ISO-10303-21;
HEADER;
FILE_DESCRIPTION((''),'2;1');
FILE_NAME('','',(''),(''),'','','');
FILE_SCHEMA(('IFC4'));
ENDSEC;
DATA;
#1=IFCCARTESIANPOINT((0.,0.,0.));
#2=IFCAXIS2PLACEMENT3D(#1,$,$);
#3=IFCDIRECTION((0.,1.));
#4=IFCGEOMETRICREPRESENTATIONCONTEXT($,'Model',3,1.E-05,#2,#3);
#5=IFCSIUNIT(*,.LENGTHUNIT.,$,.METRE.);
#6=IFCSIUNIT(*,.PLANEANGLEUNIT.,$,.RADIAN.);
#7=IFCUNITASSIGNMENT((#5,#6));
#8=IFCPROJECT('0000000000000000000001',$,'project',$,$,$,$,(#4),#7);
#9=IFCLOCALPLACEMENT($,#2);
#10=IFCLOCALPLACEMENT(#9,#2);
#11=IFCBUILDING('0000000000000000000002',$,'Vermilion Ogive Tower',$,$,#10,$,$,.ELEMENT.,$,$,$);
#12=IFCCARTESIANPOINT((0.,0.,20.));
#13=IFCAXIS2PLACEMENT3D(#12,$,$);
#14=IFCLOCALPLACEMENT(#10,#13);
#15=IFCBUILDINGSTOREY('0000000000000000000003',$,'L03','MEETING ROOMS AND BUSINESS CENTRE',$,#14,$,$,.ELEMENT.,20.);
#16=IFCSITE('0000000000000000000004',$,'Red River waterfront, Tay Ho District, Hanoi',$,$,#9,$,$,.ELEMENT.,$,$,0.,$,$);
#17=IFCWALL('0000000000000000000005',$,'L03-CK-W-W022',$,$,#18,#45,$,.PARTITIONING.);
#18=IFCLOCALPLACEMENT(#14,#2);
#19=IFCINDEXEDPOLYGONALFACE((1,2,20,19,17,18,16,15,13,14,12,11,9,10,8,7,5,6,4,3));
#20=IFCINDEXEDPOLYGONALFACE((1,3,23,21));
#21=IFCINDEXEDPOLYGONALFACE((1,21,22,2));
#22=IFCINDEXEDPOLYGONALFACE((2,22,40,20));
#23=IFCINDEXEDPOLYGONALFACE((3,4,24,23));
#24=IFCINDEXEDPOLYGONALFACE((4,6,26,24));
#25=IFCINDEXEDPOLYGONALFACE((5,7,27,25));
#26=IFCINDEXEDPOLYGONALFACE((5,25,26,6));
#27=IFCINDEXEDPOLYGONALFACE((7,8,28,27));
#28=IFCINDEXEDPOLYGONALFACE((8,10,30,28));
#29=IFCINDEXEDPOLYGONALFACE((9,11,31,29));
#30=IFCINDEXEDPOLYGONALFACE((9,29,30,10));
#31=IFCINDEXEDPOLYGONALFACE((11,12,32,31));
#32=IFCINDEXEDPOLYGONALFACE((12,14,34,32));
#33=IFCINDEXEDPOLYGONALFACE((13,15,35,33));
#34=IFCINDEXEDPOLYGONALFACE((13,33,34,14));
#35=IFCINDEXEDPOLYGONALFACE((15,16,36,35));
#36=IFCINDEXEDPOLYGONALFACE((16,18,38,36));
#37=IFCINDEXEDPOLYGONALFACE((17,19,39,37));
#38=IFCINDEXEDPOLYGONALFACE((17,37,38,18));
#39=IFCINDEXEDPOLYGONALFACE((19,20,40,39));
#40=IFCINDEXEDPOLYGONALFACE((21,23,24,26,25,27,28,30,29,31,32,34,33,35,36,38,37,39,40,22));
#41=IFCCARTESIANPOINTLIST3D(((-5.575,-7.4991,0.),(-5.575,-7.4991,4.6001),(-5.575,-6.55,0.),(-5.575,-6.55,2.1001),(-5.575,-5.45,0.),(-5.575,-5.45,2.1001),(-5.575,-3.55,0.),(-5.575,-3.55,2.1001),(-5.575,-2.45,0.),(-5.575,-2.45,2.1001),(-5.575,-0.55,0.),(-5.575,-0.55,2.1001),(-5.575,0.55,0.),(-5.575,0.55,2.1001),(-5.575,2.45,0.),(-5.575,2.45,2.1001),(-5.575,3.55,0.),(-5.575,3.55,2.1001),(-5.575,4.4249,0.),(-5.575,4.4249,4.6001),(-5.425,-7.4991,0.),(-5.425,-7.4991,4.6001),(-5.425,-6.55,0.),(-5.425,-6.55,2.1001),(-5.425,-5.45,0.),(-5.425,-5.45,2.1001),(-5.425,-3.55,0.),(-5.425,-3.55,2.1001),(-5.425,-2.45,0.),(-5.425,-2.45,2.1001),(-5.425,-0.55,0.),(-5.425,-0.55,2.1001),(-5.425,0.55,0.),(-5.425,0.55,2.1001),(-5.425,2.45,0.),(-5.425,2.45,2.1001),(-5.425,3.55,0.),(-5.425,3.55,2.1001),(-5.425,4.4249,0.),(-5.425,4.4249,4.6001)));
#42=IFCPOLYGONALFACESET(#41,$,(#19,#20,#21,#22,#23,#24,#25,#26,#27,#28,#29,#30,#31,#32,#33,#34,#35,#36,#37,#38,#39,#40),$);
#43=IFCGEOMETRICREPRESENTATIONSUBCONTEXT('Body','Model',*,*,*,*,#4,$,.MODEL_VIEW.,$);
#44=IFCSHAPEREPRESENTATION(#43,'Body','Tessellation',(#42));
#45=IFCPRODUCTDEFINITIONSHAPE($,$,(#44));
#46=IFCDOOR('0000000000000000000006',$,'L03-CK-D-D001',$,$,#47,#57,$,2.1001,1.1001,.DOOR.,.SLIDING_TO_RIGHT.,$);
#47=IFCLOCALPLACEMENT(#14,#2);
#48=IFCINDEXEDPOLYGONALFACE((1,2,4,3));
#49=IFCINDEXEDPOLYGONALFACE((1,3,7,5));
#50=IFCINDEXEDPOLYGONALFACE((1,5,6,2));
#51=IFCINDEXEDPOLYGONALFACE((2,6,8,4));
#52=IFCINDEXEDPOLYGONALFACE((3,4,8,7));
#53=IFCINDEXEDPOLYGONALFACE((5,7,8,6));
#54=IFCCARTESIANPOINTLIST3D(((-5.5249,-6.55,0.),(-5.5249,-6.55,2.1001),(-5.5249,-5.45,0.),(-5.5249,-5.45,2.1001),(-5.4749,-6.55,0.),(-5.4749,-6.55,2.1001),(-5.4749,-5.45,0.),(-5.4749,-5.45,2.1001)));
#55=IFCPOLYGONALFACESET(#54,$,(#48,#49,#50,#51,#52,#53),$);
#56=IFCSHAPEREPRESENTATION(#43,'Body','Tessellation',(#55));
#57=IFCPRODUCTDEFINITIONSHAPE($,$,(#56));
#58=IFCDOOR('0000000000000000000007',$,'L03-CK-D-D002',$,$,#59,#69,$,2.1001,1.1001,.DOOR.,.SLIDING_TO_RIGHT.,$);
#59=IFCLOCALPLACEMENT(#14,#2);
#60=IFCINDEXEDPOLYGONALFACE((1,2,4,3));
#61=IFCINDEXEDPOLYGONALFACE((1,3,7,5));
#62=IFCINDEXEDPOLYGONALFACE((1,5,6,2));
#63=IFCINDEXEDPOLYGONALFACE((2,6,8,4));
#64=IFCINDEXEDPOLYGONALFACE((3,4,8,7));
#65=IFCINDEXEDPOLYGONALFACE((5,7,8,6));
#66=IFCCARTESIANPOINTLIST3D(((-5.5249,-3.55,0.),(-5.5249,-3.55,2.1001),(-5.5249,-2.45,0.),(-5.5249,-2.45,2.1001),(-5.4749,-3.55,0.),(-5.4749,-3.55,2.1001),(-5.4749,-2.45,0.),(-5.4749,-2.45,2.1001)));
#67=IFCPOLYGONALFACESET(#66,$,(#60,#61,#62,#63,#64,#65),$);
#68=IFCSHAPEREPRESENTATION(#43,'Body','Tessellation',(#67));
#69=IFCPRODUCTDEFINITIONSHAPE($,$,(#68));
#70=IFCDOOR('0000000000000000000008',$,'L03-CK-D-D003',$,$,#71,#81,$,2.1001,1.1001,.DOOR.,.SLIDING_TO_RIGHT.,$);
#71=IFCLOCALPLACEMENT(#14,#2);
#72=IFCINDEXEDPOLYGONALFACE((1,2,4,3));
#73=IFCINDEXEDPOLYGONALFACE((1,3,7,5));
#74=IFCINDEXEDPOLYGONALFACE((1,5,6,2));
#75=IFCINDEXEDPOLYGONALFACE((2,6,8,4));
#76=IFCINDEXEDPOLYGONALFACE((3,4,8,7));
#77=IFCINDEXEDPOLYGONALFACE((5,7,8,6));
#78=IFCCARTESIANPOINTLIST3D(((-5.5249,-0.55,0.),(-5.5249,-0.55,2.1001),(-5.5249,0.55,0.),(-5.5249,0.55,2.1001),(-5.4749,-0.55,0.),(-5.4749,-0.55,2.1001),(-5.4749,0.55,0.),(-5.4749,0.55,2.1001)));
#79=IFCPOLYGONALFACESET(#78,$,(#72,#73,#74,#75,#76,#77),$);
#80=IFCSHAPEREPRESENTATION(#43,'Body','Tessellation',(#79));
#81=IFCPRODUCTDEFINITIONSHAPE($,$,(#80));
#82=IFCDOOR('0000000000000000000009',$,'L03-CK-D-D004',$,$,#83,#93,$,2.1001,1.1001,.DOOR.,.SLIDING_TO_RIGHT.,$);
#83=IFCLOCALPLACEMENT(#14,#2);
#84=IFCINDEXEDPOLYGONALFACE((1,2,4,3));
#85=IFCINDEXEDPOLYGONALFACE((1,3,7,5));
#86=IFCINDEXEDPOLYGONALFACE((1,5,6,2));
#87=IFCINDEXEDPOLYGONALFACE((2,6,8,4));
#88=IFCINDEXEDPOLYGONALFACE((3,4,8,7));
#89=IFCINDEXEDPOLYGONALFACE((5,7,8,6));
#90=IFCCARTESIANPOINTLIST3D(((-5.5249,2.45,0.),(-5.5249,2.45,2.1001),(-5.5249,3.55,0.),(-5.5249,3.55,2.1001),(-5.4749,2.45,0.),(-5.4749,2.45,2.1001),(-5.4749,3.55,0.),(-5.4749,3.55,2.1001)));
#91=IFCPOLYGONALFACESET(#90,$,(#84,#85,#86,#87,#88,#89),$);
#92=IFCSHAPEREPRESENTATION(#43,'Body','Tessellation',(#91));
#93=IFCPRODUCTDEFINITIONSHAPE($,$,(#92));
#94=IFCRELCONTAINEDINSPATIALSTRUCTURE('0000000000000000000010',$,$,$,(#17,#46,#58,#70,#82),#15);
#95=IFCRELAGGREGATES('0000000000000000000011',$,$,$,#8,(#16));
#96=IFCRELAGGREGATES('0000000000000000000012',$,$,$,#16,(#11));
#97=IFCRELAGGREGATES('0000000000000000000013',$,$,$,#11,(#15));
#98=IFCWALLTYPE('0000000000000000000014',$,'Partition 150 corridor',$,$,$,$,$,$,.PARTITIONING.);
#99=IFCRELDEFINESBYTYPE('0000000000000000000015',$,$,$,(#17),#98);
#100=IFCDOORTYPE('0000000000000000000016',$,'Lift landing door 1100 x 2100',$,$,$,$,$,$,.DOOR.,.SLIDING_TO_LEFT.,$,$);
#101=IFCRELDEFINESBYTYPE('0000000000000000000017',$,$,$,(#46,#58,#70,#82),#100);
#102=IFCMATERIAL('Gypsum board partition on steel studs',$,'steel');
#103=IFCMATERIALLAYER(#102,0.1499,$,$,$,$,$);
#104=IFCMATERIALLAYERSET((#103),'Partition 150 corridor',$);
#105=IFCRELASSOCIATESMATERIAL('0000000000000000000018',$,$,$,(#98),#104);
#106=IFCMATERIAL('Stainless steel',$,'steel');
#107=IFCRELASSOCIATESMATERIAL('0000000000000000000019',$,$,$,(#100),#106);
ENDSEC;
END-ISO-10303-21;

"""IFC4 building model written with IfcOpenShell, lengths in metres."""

from ifc_helpers import new_model, si_unit, direction, frame, frame_2d, origin, place, context, subcontext, project, spatial, rectangle, extrude, material, layer, layer_set, type_object, element, fill, save


model = new_model("IFC4")

# Units and contexts
model_context = context("Model", 3, precision=1e-05, world=origin(), true_north=direction((0.0, 1.0)))
body_context = subcontext(model_context, "Body", "Model", "MODEL_VIEW")
ifc_project = project(units=[si_unit("LENGTHUNIT", "METRE"), si_unit("PLANEANGLEUNIT", "RADIAN")], contexts=[model_context])

# Site, building, storey
site_placement = place(None, origin())
site = spatial("IfcSite", under=ifc_project, at=site_placement, Name="Red River waterfront, Tay Ho District, Hanoi", CompositionType="ELEMENT", RefElevation=0.0)
building_placement = place(site_placement, origin())
building = spatial("IfcBuilding", under=site, at=building_placement, Name="Vermilion Ogive Tower", CompositionType="ELEMENT")
storey_placement = place(building_placement, frame((0.0, 0.0, 20.0)))
storey = spatial("IfcBuildingStorey", under=building, at=storey_placement, Name="L03", Description="MEETING ROOMS AND BUSINESS CENTRE", CompositionType="ELEMENT", Elevation=20.0)

# Shared definitions
ifc_material_1 = material(Name="Gypsum board partition on steel studs", Category="steel")
ifc_layer_1 = layer(ifc_material_1, 0.1499)
ifc_layer_set_1 = layer_set([ifc_layer_1], Name="Partition 150 corridor")
wall_type_1 = type_object("IfcWallType", Name="Partition 150 corridor", PredefinedType="PARTITIONING", material=ifc_layer_set_1)

# Wall, openings, doors
wall_1_placement = place(storey_placement, frame((-5.5, -7.499, 0.0), z_axis=(0.0, 0.0, 1.0), x_axis=(0.0, 1.0, 0.0)))
wall_1 = element("IfcWall", 1, at=wall_1_placement, inside=storey, type_object=wall_type_1, Name="L03-CK-W-W022", PredefinedType="PARTITIONING", context=body_context, shape_type="SweptSolid", body=[
    extrude(rectangle(XDim=11.9241, YDim=0.1499, at=frame_2d((5.9619, 0.0))), origin(), (0.0, 0.0, 1.0), 4.6001),
])
opening_1_placement = place(wall_1_placement, frame((0.949, 0.0, 0.0)))
opening_1 = element("IfcOpeningElement", 2, at=opening_1_placement, cuts=wall_1, PredefinedType="OPENING", context=body_context, shape_type="SweptSolid", body=[
    extrude(rectangle(XDim=1.1001, YDim=2.1001, at=frame_2d((0.55, 1.05))), frame((0.0, 0.085, 0.0), z_axis=(0.0, -1.0, 0.0), x_axis=(1.0, 0.0, 0.0)), (0.0, 0.0, 1.0), 0.1699),
])
opening_2_placement = place(wall_1_placement, frame((3.949, 0.0, 0.0)))
opening_2 = element("IfcOpeningElement", 3, at=opening_2_placement, cuts=wall_1, PredefinedType="OPENING", context=body_context, shape_type="SweptSolid", body=[
    extrude(rectangle(XDim=1.1001, YDim=2.1001, at=frame_2d((0.55, 1.05))), frame((0.0, 0.085, 0.0), z_axis=(0.0, -1.0, 0.0), x_axis=(1.0, 0.0, 0.0)), (0.0, 0.0, 1.0), 0.1699),
])
opening_3_placement = place(wall_1_placement, frame((6.949, 0.0, 0.0)))
opening_3 = element("IfcOpeningElement", 4, at=opening_3_placement, cuts=wall_1, PredefinedType="OPENING", context=body_context, shape_type="SweptSolid", body=[
    extrude(rectangle(XDim=1.1001, YDim=2.1001, at=frame_2d((0.55, 1.05))), frame((0.0, 0.085, 0.0), z_axis=(0.0, -1.0, 0.0), x_axis=(1.0, 0.0, 0.0)), (0.0, 0.0, 1.0), 0.1699),
])
opening_4_placement = place(wall_1_placement, frame((9.949, 0.0, 0.0)))
opening_4 = element("IfcOpeningElement", 5, at=opening_4_placement, cuts=wall_1, PredefinedType="OPENING", context=body_context, shape_type="SweptSolid", body=[
    extrude(rectangle(XDim=1.1001, YDim=2.1001, at=frame_2d((0.55, 1.05))), frame((0.0, 0.085, 0.0), z_axis=(0.0, -1.0, 0.0), x_axis=(1.0, 0.0, 0.0)), (0.0, 0.0, 1.0), 0.1699),
])
ifc_material_2 = material(Name="Stainless steel", Category="steel")
door_type_1 = type_object("IfcDoorType", Name="Lift landing door 1100 x 2100", OperationType="SLIDING_TO_LEFT", PredefinedType="DOOR", material=ifc_material_2)
door_1_placement = place(opening_1_placement, origin())
door_1 = element("IfcDoor", 6, at=door_1_placement, inside=storey, type_object=door_type_1, Name="L03-CK-D-D001", OperationType="SLIDING_TO_RIGHT", OverallHeight=2.1001, OverallWidth=1.1001, PredefinedType="DOOR", context=body_context, shape_type="SweptSolid", body=[
    extrude(rectangle(XDim=1.1001, YDim=2.1001, at=frame_2d((0.55, 1.05))), frame((0.0, 0.0249, 0.0), z_axis=(0.0, -1.0, 0.0), x_axis=(1.0, 0.0, 0.0)), (0.0, 0.0, 1.0), 0.05),
])
fill(opening_1, door_1)
door_2_placement = place(opening_2_placement, origin())
door_2 = element("IfcDoor", 7, at=door_2_placement, inside=storey, type_object=door_type_1, Name="L03-CK-D-D002", OperationType="SLIDING_TO_RIGHT", OverallHeight=2.1001, OverallWidth=1.1001, PredefinedType="DOOR", context=body_context, shape_type="SweptSolid", body=[
    extrude(rectangle(XDim=1.1001, YDim=2.1001, at=frame_2d((0.55, 1.05))), frame((0.0, 0.0249, 0.0), z_axis=(0.0, -1.0, 0.0), x_axis=(1.0, 0.0, 0.0)), (0.0, 0.0, 1.0), 0.05),
])
fill(opening_2, door_2)
door_3_placement = place(opening_3_placement, origin())
door_3 = element("IfcDoor", 8, at=door_3_placement, inside=storey, type_object=door_type_1, Name="L03-CK-D-D003", OperationType="SLIDING_TO_RIGHT", OverallHeight=2.1001, OverallWidth=1.1001, PredefinedType="DOOR", context=body_context, shape_type="SweptSolid", body=[
    extrude(rectangle(XDim=1.1001, YDim=2.1001, at=frame_2d((0.55, 1.05))), frame((0.0, 0.0249, 0.0), z_axis=(0.0, -1.0, 0.0), x_axis=(1.0, 0.0, 0.0)), (0.0, 0.0, 1.0), 0.05),
])
fill(opening_3, door_3)
door_4_placement = place(opening_4_placement, origin())
door_4 = element("IfcDoor", 9, at=door_4_placement, inside=storey, type_object=door_type_1, Name="L03-CK-D-D004", OperationType="SLIDING_TO_RIGHT", OverallHeight=2.1001, OverallWidth=1.1001, PredefinedType="DOOR", context=body_context, shape_type="SweptSolid", body=[
    extrude(rectangle(XDim=1.1001, YDim=2.1001, at=frame_2d((0.55, 1.05))), frame((0.0, 0.0249, 0.0), z_axis=(0.0, -1.0, 0.0), x_axis=(1.0, 0.0, 0.0)), (0.0, 0.0, 1.0), 0.05),
])
fill(opening_4, door_4)

save(model, "model.ifc")
